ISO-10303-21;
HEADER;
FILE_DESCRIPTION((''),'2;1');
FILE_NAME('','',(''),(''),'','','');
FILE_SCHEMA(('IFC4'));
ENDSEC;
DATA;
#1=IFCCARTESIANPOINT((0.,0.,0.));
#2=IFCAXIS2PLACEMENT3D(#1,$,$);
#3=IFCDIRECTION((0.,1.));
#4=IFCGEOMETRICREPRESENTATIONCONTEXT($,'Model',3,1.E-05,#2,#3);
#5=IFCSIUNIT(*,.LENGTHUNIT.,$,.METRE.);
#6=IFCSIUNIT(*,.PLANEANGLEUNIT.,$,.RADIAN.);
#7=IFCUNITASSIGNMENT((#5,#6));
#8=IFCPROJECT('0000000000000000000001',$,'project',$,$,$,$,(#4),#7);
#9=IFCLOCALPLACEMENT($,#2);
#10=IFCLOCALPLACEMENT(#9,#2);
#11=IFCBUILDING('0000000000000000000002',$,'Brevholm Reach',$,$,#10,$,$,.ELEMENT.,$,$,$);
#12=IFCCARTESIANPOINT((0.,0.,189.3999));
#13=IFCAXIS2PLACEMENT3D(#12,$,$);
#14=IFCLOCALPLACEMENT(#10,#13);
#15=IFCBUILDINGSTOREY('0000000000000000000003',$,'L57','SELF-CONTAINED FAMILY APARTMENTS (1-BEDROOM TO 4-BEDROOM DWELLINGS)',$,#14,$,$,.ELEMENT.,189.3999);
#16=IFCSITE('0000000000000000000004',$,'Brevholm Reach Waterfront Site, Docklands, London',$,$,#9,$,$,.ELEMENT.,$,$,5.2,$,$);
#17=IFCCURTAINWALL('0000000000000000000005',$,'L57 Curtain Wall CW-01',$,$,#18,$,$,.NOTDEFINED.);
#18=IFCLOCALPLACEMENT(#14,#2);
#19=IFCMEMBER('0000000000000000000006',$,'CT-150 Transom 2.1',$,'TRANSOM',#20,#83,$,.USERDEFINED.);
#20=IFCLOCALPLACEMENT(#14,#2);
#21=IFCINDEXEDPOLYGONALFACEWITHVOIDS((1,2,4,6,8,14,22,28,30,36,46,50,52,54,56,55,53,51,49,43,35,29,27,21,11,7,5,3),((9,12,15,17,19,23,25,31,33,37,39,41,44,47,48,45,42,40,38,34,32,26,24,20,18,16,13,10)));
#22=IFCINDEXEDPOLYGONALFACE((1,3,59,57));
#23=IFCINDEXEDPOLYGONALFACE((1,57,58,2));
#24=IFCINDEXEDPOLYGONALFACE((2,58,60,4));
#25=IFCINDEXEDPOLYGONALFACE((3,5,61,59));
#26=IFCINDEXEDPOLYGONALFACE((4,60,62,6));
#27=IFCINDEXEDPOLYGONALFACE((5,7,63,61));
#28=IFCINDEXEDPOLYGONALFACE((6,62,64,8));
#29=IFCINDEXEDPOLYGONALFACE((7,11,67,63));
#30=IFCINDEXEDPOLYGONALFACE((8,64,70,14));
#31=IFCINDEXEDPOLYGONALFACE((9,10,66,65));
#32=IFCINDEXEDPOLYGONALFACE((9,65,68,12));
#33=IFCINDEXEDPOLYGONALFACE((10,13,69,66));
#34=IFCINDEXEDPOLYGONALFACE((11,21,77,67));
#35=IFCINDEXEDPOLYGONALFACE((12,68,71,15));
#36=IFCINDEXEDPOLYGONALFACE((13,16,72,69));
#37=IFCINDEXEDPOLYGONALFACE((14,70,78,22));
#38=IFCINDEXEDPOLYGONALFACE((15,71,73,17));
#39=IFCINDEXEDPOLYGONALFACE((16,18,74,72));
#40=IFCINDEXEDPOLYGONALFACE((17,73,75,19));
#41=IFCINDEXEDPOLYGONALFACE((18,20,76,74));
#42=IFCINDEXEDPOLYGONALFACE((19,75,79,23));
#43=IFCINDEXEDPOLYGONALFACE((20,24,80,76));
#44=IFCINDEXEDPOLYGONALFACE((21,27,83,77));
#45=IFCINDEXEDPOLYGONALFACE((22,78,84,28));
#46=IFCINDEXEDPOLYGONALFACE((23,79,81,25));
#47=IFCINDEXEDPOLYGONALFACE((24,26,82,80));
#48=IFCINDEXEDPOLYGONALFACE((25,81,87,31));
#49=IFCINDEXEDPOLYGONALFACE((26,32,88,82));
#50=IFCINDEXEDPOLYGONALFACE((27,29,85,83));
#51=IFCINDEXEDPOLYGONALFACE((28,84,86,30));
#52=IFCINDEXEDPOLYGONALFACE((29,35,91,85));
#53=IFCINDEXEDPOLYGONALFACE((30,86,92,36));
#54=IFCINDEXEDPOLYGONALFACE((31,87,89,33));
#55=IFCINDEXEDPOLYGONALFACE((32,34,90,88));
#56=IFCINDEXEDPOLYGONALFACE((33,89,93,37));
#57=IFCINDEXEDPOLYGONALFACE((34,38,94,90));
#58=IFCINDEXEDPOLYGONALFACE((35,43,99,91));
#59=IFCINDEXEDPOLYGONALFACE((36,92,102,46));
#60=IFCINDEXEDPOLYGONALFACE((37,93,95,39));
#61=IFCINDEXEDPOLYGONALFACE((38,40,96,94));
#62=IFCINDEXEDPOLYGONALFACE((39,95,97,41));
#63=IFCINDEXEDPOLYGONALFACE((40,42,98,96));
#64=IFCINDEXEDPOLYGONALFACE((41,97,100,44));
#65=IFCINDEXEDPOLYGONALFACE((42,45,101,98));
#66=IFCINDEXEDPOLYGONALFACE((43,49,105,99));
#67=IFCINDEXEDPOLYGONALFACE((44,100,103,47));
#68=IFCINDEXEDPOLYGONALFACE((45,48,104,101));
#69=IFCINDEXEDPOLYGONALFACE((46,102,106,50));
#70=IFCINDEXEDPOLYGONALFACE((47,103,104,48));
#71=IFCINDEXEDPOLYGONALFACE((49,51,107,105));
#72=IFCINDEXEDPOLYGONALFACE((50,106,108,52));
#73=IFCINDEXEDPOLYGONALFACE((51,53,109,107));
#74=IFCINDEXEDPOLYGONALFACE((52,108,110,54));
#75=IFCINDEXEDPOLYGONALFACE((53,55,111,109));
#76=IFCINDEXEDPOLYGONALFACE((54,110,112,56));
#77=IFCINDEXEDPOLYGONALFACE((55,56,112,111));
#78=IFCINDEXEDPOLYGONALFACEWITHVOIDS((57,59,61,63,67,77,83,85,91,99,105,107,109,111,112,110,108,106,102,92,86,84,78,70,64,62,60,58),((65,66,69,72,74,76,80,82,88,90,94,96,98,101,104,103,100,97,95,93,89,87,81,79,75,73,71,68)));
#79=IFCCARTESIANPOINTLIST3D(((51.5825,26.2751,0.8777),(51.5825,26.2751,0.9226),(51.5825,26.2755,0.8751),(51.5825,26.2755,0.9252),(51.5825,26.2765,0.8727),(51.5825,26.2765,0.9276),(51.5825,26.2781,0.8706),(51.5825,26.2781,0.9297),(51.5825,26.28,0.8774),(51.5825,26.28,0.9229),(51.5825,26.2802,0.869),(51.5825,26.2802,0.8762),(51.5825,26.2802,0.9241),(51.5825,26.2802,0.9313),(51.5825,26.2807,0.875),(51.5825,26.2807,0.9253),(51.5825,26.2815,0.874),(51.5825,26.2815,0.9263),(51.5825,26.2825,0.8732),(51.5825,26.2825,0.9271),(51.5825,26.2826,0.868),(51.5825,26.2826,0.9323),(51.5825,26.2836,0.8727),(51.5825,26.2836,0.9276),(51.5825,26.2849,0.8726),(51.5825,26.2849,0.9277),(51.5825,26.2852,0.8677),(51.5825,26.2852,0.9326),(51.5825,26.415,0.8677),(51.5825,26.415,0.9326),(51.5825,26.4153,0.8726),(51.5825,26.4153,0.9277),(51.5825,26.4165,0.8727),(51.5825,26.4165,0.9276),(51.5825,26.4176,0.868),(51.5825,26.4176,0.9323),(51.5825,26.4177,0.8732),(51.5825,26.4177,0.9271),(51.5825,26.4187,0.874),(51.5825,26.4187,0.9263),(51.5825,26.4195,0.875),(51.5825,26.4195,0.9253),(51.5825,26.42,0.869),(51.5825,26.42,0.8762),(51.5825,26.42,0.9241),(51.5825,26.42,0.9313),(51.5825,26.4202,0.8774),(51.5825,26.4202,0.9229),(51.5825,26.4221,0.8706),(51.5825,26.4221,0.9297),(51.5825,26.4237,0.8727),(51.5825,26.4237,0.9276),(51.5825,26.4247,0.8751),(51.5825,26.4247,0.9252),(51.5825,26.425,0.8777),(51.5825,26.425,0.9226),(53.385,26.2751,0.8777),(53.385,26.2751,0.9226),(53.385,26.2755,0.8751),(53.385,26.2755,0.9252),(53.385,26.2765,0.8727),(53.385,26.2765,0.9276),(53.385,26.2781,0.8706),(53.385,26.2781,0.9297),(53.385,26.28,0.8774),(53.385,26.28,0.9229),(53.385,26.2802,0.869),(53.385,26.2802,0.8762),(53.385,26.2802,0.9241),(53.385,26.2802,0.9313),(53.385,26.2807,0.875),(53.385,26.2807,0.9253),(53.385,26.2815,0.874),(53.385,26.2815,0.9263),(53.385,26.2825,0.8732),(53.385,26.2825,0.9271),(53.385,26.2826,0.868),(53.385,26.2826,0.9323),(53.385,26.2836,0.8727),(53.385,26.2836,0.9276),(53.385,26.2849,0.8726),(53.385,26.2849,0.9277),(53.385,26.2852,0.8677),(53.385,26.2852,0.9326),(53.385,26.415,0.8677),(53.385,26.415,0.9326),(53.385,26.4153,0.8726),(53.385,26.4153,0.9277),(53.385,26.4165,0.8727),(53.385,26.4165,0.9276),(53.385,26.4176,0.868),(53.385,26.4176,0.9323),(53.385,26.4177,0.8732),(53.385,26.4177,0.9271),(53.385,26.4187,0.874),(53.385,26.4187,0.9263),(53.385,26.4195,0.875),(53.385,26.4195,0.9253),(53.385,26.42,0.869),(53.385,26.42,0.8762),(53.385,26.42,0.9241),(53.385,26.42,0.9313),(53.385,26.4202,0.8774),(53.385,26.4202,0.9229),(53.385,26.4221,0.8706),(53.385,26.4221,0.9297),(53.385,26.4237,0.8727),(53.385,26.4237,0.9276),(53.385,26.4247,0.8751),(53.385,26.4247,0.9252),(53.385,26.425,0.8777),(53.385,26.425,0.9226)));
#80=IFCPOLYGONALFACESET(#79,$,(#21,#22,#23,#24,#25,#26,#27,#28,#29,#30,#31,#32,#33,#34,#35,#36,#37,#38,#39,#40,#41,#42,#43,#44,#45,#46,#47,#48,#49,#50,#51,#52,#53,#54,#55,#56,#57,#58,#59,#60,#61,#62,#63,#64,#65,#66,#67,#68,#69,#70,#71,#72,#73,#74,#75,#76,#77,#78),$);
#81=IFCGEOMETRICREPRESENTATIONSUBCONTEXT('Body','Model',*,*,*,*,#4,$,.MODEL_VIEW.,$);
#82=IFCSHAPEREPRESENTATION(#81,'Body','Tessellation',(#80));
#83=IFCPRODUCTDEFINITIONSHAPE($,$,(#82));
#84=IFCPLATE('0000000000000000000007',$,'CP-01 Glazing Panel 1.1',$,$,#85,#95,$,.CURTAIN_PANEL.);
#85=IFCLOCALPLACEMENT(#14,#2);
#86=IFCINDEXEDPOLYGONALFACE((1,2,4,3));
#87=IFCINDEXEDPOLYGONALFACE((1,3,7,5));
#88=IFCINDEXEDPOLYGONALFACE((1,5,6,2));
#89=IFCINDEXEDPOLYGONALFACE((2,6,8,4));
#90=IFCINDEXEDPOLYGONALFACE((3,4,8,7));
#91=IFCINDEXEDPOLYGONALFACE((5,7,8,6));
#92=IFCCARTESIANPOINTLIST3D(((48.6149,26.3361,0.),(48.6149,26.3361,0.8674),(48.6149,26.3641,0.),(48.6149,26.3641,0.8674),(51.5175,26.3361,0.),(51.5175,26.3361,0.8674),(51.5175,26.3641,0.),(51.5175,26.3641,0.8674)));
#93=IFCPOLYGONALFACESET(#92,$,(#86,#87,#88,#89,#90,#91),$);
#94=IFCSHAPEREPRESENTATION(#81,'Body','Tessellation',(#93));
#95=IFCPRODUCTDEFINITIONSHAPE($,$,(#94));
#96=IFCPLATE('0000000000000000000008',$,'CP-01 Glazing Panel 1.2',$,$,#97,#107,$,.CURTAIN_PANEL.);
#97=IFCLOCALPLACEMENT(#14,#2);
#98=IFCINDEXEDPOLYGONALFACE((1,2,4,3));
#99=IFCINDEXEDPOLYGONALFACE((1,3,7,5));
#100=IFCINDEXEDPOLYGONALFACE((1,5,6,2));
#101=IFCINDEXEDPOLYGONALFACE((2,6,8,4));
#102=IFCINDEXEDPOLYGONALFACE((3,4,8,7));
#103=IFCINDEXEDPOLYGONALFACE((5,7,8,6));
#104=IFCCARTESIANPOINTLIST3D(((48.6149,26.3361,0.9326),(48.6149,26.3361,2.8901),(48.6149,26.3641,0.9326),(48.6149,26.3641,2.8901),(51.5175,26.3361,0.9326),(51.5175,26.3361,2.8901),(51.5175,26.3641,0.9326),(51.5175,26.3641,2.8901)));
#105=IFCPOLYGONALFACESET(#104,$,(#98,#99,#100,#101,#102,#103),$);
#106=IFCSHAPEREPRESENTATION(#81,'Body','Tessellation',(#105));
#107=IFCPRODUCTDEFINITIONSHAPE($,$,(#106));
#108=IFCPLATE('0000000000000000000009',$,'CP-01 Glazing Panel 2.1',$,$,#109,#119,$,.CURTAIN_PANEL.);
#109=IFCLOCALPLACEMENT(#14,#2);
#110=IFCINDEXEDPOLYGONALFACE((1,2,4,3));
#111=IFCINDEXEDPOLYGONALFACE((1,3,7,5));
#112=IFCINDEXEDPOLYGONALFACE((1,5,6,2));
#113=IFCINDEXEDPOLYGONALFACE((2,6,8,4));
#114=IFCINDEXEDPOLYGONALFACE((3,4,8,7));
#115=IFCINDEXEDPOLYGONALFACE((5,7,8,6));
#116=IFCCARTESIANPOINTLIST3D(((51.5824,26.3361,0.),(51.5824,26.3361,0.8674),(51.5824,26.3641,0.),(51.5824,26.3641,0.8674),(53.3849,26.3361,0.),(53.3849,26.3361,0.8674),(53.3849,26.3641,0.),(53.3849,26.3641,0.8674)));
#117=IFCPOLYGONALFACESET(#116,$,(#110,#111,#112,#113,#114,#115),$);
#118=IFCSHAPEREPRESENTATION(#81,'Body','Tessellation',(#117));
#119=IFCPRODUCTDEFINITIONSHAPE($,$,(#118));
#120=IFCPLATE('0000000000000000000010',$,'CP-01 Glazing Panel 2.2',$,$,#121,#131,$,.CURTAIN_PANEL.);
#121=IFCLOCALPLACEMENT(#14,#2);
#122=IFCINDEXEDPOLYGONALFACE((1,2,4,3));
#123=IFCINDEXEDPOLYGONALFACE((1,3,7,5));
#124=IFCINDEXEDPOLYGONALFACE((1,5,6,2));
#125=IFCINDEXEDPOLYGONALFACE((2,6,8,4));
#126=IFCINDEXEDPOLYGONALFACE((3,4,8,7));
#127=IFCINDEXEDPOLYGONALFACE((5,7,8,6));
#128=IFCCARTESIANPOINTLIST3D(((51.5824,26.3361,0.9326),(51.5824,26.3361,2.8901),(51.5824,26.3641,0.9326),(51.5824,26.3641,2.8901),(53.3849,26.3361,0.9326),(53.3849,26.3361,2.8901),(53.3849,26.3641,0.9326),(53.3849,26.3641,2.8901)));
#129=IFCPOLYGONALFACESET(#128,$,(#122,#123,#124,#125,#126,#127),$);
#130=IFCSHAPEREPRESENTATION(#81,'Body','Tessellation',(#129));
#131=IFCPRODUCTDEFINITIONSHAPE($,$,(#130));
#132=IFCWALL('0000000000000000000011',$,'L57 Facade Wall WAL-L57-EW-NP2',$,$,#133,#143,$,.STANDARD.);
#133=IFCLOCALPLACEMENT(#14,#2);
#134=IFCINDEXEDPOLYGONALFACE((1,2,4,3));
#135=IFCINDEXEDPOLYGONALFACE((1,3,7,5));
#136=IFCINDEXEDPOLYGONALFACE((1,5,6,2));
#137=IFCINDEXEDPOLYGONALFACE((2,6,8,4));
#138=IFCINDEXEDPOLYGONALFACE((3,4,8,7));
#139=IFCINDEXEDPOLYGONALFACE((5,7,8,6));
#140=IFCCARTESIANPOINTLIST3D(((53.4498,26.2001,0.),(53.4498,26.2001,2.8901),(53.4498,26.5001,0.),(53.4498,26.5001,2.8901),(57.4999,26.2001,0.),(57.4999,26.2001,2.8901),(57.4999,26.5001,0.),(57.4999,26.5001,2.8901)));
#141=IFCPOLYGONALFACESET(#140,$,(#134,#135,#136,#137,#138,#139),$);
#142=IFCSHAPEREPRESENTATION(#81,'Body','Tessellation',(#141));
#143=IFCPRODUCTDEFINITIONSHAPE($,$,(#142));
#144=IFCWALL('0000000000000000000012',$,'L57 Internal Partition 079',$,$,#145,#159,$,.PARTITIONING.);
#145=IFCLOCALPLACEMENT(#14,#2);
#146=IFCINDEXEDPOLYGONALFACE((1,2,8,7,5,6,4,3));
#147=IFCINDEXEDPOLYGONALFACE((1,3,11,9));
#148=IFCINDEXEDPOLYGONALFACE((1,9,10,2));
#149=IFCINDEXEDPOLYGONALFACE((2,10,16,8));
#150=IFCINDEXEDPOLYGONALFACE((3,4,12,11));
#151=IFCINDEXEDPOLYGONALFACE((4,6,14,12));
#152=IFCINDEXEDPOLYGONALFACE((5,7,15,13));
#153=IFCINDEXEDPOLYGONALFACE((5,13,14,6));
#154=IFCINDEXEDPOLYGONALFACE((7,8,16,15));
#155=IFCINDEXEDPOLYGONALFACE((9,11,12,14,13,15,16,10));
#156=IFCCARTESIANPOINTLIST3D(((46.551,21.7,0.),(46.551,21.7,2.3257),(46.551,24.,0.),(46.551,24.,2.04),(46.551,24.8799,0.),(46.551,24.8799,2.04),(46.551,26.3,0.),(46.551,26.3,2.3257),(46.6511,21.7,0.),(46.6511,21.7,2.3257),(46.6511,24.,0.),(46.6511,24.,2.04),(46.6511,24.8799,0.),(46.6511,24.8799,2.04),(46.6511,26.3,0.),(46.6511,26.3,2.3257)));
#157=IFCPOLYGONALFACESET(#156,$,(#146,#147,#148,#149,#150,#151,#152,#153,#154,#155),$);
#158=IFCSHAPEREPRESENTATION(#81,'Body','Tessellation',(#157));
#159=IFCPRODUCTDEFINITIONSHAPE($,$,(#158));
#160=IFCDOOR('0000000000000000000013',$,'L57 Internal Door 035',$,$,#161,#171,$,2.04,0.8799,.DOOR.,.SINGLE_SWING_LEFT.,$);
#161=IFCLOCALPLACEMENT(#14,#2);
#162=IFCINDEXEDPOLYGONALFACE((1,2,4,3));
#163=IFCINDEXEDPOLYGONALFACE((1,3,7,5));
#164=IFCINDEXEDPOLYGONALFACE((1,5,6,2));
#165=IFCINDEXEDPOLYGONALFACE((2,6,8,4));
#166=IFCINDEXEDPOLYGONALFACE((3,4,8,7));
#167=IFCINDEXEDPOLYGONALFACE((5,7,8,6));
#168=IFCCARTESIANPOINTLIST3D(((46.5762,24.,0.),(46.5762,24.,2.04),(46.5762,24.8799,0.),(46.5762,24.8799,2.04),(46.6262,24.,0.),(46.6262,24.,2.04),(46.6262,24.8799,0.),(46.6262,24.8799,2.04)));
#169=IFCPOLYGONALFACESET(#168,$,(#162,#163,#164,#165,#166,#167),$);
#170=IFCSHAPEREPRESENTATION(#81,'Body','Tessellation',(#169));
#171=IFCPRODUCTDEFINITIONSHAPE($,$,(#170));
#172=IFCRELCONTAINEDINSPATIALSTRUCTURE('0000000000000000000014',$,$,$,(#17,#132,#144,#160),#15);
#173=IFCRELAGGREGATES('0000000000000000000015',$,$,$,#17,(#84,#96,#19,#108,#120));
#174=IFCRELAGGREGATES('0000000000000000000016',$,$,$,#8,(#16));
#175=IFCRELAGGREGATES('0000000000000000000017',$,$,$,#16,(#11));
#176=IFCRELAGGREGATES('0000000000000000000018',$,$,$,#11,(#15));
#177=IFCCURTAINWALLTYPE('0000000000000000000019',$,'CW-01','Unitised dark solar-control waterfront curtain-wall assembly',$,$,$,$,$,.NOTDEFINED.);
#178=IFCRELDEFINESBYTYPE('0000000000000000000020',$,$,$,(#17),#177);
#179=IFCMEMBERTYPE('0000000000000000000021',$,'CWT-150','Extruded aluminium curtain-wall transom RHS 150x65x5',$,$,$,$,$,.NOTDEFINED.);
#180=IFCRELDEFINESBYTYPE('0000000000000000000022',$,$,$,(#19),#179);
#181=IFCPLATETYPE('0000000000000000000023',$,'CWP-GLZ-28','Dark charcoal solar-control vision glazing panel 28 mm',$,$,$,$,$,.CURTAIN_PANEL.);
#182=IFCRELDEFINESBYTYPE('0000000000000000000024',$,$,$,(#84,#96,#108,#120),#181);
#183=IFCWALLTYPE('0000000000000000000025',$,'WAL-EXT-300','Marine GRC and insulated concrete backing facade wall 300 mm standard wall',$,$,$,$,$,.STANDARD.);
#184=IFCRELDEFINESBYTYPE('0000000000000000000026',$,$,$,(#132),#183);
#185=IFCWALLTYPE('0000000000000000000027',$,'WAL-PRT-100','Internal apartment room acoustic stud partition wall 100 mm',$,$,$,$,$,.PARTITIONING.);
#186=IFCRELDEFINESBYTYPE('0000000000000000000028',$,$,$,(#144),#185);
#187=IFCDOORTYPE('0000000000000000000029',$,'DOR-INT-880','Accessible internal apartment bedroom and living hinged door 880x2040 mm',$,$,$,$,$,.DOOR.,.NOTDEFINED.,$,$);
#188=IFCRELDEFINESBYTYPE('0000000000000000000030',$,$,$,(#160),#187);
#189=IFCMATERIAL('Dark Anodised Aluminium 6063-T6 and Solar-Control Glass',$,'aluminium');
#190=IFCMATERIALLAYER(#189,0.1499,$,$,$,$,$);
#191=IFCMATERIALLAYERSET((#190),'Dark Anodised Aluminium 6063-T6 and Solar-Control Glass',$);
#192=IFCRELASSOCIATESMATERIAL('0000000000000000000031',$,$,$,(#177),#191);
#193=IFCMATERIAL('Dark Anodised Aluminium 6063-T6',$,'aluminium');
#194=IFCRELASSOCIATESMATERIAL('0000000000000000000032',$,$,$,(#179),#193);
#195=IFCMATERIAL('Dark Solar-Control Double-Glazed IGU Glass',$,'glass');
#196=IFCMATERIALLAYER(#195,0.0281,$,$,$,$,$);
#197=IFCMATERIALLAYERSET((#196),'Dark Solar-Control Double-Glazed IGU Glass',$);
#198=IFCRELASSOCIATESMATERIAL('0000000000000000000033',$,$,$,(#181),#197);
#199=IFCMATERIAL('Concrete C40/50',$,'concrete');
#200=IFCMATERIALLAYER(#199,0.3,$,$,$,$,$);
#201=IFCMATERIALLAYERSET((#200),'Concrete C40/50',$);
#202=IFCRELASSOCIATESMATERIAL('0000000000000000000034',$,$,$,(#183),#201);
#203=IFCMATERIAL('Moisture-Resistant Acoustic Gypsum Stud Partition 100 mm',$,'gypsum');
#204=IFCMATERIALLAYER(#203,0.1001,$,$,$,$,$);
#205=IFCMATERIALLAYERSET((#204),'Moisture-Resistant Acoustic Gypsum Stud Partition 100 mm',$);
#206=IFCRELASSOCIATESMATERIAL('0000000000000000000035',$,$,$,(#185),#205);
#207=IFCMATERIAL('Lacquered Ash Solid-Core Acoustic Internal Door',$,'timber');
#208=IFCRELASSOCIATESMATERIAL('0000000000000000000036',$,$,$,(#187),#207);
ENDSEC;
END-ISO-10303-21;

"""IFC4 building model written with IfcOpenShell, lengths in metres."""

from ifc_helpers import new_model, si_unit, direction, frame, frame_2d, origin, origin_2d, place, context, subcontext, project, spatial, rectangle, hollow_rectangle, extrude, material, layer, layer_set, material_profile, profile_set, type_object, element, fill, aggregate, save


model = new_model("IFC4")

# Units and contexts
model_context = context("Model", 3, precision=1e-05, world=origin(), true_north=direction((0.0, 1.0)))
body_context = subcontext(model_context, "Body", "Model", "MODEL_VIEW")
ifc_project = project(units=[si_unit("LENGTHUNIT", "METRE"), si_unit("PLANEANGLEUNIT", "RADIAN")], contexts=[model_context])

# Site, building, storey
site_placement = place(None, origin())
site = spatial("IfcSite", under=ifc_project, at=site_placement, Name="Brevholm Reach Waterfront Site, Docklands, London", CompositionType="ELEMENT", RefElevation=5.2)
building_placement = place(site_placement, origin())
building = spatial("IfcBuilding", under=site, at=building_placement, Name="Brevholm Reach", CompositionType="ELEMENT")
storey_placement = place(building_placement, frame((0.0, 0.0, 189.3999)))
storey = spatial("IfcBuildingStorey", under=building, at=storey_placement, Name="L57", Description="SELF-CONTAINED FAMILY APARTMENTS (1-BEDROOM TO 4-BEDROOM DWELLINGS)", CompositionType="ELEMENT", Elevation=189.3999)

# Curtain wall, member, plates
ifc_material_1 = material(Name="Dark Anodised Aluminium 6063-T6 and Solar-Control Glass", Category="aluminium")
ifc_layer_1 = layer(ifc_material_1, 0.1499)
ifc_layer_set_1 = layer_set([ifc_layer_1], Name="Dark Anodised Aluminium 6063-T6 and Solar-Control Glass")
curtain_wall_type = type_object("IfcCurtainWallType", Name="CW-01", Description="Unitised dark solar-control waterfront curtain-wall assembly", PredefinedType="NOTDEFINED", material=ifc_layer_set_1)
curtain_wall_placement = place(storey_placement, origin())
curtain_wall = element("IfcCurtainWall", 1, at=curtain_wall_placement, inside=storey, type_object=curtain_wall_type, Name="L57 Curtain Wall CW-01", PredefinedType="NOTDEFINED")
ifc_material_2 = material(Name="Dark Anodised Aluminium 6063-T6", Category="aluminium")
ifc_material_profile_1 = material_profile(ifc_material_2, hollow_rectangle(XDim=0.0649, YDim=0.1499, WallThickness=0.0049, InnerFilletRadius=0.0049, OuterFilletRadius=0.01, at=origin_2d()), Name="RHS 150x65x5")
ifc_profile_set_1 = profile_set([ifc_material_profile_1], Name="Dark Anodised Aluminium 6063-T6")
member_type_1 = type_object("IfcMemberType", Name="CWT-150", Description="Extruded aluminium curtain-wall transom RHS 150x65x5", PredefinedType="NOTDEFINED", material=ifc_profile_set_1)
member_1_placement = place(storey_placement, frame((51.5825, 26.3501, 0.9001), z_axis=(1.0, 0.0, 0.0), x_axis=(0.0, 0.0, 1.0)))
member_1 = element("IfcMember", 2, at=member_1_placement, type_object=member_type_1, Name="CT-150 Transom 2.1", ObjectType="TRANSOM", PredefinedType="USERDEFINED", context=body_context, shape_type="SweptSolid", body=[
    extrude(hollow_rectangle(XDim=0.0649, YDim=0.1499, WallThickness=0.0049, InnerFilletRadius=0.0049, OuterFilletRadius=0.01, at=origin_2d()), origin(), (0.0, 0.0, 1.0), 1.8025),
])
ifc_material_3 = material(Name="Dark Solar-Control Double-Glazed IGU Glass", Category="glass")
ifc_layer_2 = layer(ifc_material_3, 0.0281)
ifc_layer_set_2 = layer_set([ifc_layer_2], Name="Dark Solar-Control Double-Glazed IGU Glass")
plate_type = type_object("IfcPlateType", Name="CWP-GLZ-28", Description="Dark charcoal solar-control vision glazing panel 28 mm", PredefinedType="CURTAIN_PANEL", material=ifc_layer_set_2)
plate_1_placement = place(storey_placement, frame((50.0662, 26.3501, 0.0), z_axis=(0.0, 0.0, 1.0), x_axis=(1.0, 0.0, 0.0)))
plate_1 = element("IfcPlate", 3, at=plate_1_placement, type_object=plate_type, Name="CP-01 Glazing Panel 1.1", PredefinedType="CURTAIN_PANEL", context=body_context, shape_type="SweptSolid", body=[
    extrude(rectangle(XDim=2.9026, YDim=0.0281, at=origin_2d()), origin(), (0.0, 0.0, 1.0), 0.8674),
])
plate_2_placement = place(storey_placement, frame((50.0662, 26.3501, 0.9326), z_axis=(0.0, 0.0, 1.0), x_axis=(1.0, 0.0, 0.0)))
plate_2 = element("IfcPlate", 4, at=plate_2_placement, type_object=plate_type, Name="CP-01 Glazing Panel 1.2", PredefinedType="CURTAIN_PANEL", context=body_context, shape_type="SweptSolid", body=[
    extrude(rectangle(XDim=2.9026, YDim=0.0281, at=origin_2d()), origin(), (0.0, 0.0, 1.0), 1.9575),
])
plate_3_placement = place(storey_placement, frame((52.4836, 26.3501, 0.0), z_axis=(0.0, 0.0, 1.0), x_axis=(1.0, 0.0, 0.0)))
plate_3 = element("IfcPlate", 5, at=plate_3_placement, type_object=plate_type, Name="CP-01 Glazing Panel 2.1", PredefinedType="CURTAIN_PANEL", context=body_context, shape_type="SweptSolid", body=[
    extrude(rectangle(XDim=1.8025, YDim=0.0281, at=origin_2d()), origin(), (0.0, 0.0, 1.0), 0.8674),
])
plate_4_placement = place(storey_placement, frame((52.4836, 26.3501, 0.9326), z_axis=(0.0, 0.0, 1.0), x_axis=(1.0, 0.0, 0.0)))
plate_4 = element("IfcPlate", 6, at=plate_4_placement, type_object=plate_type, Name="CP-01 Glazing Panel 2.2", PredefinedType="CURTAIN_PANEL", context=body_context, shape_type="SweptSolid", body=[
    extrude(rectangle(XDim=1.8025, YDim=0.0281, at=origin_2d()), origin(), (0.0, 0.0, 1.0), 1.9575),
])
aggregate(curtain_wall, [plate_1, plate_2, member_1, plate_3, plate_4])

# Wall
ifc_material_4 = material(Name="Concrete C40/50", Category="concrete")
ifc_layer_3 = layer(ifc_material_4, 0.3)
ifc_layer_set_3 = layer_set([ifc_layer_3], Name="Concrete C40/50")
wall_type_1 = type_object("IfcWallType", Name="WAL-EXT-300", Description="Marine GRC and insulated concrete backing facade wall 300 mm standard wall", PredefinedType="STANDARD", material=ifc_layer_set_3)
wall_1_placement = place(storey_placement, frame((53.45, 26.3501, 0.0), z_axis=(0.0, 0.0, 1.0), x_axis=(1.0, 0.0, 0.0)))
element("IfcWall", 7, at=wall_1_placement, inside=storey, type_object=wall_type_1, Name="L57 Facade Wall WAL-L57-EW-NP2", PredefinedType="STANDARD", context=body_context, shape_type="SweptSolid", body=[
    extrude(rectangle(XDim=4.05, YDim=0.3, at=frame_2d((2.0249, 0.0))), origin(), (0.0, 0.0, 1.0), 2.8901),
])

# Wall, opening, door
ifc_material_5 = material(Name="Moisture-Resistant Acoustic Gypsum Stud Partition 100 mm", Category="gypsum")
ifc_layer_4 = layer(ifc_material_5, 0.1001)
ifc_layer_set_4 = layer_set([ifc_layer_4], Name="Moisture-Resistant Acoustic Gypsum Stud Partition 100 mm")
wall_type_2 = type_object("IfcWallType", Name="WAL-PRT-100", Description="Internal apartment room acoustic stud partition wall 100 mm", PredefinedType="PARTITIONING", material=ifc_layer_set_4)
wall_2_placement = place(storey_placement, frame((46.6011, 21.7, 0.0), z_axis=(0.0, 0.0, 1.0), x_axis=(0.0, 1.0, 0.0)))
wall_2 = element("IfcWall", 8, at=wall_2_placement, inside=storey, type_object=wall_type_2, Name="L57 Internal Partition 079", PredefinedType="PARTITIONING", context=body_context, shape_type="SweptSolid", body=[
    extrude(rectangle(XDim=4.6001, YDim=0.1001, at=frame_2d((2.3, 0.0))), origin(), (0.0, 0.0, 1.0), 2.3257),
])
opening_1_placement = place(wall_2_placement, frame((2.3, 0.0, 0.0)))
opening_1 = element("IfcOpeningElement", 9, at=opening_1_placement, cuts=wall_2, PredefinedType="OPENING", context=body_context, shape_type="SweptSolid", body=[
    extrude(rectangle(XDim=0.8799, YDim=2.04, at=frame_2d((0.4399, 1.02))), frame((0.0, 0.0601, 0.0), z_axis=(0.0, -1.0, 0.0), x_axis=(1.0, 0.0, 0.0)), (0.0, 0.0, 1.0), 0.1201),
])
ifc_material_6 = material(Name="Lacquered Ash Solid-Core Acoustic Internal Door", Category="timber")
door_type = type_object("IfcDoorType", Name="DOR-INT-880", Description="Accessible internal apartment bedroom and living hinged door 880x2040 mm", OperationType="NOTDEFINED", PredefinedType="DOOR", material=ifc_material_6)
door_1_placement = place(opening_1_placement, origin())
door_1 = element("IfcDoor", 10, at=door_1_placement, inside=storey, type_object=door_type, Name="L57 Internal Door 035", OperationType="SINGLE_SWING_LEFT", OverallHeight=2.04, OverallWidth=0.8799, PredefinedType="DOOR", context=body_context, shape_type="SweptSolid", body=[
    extrude(rectangle(XDim=0.8799, YDim=2.04, at=frame_2d((0.4399, 1.02))), frame((0.0, 0.0249, 0.0), z_axis=(0.0, -1.0, 0.0), x_axis=(1.0, 0.0, 0.0)), (0.0, 0.0, 1.0), 0.05),
])
fill(opening_1, door_1)

save(model, "model.ifc")
